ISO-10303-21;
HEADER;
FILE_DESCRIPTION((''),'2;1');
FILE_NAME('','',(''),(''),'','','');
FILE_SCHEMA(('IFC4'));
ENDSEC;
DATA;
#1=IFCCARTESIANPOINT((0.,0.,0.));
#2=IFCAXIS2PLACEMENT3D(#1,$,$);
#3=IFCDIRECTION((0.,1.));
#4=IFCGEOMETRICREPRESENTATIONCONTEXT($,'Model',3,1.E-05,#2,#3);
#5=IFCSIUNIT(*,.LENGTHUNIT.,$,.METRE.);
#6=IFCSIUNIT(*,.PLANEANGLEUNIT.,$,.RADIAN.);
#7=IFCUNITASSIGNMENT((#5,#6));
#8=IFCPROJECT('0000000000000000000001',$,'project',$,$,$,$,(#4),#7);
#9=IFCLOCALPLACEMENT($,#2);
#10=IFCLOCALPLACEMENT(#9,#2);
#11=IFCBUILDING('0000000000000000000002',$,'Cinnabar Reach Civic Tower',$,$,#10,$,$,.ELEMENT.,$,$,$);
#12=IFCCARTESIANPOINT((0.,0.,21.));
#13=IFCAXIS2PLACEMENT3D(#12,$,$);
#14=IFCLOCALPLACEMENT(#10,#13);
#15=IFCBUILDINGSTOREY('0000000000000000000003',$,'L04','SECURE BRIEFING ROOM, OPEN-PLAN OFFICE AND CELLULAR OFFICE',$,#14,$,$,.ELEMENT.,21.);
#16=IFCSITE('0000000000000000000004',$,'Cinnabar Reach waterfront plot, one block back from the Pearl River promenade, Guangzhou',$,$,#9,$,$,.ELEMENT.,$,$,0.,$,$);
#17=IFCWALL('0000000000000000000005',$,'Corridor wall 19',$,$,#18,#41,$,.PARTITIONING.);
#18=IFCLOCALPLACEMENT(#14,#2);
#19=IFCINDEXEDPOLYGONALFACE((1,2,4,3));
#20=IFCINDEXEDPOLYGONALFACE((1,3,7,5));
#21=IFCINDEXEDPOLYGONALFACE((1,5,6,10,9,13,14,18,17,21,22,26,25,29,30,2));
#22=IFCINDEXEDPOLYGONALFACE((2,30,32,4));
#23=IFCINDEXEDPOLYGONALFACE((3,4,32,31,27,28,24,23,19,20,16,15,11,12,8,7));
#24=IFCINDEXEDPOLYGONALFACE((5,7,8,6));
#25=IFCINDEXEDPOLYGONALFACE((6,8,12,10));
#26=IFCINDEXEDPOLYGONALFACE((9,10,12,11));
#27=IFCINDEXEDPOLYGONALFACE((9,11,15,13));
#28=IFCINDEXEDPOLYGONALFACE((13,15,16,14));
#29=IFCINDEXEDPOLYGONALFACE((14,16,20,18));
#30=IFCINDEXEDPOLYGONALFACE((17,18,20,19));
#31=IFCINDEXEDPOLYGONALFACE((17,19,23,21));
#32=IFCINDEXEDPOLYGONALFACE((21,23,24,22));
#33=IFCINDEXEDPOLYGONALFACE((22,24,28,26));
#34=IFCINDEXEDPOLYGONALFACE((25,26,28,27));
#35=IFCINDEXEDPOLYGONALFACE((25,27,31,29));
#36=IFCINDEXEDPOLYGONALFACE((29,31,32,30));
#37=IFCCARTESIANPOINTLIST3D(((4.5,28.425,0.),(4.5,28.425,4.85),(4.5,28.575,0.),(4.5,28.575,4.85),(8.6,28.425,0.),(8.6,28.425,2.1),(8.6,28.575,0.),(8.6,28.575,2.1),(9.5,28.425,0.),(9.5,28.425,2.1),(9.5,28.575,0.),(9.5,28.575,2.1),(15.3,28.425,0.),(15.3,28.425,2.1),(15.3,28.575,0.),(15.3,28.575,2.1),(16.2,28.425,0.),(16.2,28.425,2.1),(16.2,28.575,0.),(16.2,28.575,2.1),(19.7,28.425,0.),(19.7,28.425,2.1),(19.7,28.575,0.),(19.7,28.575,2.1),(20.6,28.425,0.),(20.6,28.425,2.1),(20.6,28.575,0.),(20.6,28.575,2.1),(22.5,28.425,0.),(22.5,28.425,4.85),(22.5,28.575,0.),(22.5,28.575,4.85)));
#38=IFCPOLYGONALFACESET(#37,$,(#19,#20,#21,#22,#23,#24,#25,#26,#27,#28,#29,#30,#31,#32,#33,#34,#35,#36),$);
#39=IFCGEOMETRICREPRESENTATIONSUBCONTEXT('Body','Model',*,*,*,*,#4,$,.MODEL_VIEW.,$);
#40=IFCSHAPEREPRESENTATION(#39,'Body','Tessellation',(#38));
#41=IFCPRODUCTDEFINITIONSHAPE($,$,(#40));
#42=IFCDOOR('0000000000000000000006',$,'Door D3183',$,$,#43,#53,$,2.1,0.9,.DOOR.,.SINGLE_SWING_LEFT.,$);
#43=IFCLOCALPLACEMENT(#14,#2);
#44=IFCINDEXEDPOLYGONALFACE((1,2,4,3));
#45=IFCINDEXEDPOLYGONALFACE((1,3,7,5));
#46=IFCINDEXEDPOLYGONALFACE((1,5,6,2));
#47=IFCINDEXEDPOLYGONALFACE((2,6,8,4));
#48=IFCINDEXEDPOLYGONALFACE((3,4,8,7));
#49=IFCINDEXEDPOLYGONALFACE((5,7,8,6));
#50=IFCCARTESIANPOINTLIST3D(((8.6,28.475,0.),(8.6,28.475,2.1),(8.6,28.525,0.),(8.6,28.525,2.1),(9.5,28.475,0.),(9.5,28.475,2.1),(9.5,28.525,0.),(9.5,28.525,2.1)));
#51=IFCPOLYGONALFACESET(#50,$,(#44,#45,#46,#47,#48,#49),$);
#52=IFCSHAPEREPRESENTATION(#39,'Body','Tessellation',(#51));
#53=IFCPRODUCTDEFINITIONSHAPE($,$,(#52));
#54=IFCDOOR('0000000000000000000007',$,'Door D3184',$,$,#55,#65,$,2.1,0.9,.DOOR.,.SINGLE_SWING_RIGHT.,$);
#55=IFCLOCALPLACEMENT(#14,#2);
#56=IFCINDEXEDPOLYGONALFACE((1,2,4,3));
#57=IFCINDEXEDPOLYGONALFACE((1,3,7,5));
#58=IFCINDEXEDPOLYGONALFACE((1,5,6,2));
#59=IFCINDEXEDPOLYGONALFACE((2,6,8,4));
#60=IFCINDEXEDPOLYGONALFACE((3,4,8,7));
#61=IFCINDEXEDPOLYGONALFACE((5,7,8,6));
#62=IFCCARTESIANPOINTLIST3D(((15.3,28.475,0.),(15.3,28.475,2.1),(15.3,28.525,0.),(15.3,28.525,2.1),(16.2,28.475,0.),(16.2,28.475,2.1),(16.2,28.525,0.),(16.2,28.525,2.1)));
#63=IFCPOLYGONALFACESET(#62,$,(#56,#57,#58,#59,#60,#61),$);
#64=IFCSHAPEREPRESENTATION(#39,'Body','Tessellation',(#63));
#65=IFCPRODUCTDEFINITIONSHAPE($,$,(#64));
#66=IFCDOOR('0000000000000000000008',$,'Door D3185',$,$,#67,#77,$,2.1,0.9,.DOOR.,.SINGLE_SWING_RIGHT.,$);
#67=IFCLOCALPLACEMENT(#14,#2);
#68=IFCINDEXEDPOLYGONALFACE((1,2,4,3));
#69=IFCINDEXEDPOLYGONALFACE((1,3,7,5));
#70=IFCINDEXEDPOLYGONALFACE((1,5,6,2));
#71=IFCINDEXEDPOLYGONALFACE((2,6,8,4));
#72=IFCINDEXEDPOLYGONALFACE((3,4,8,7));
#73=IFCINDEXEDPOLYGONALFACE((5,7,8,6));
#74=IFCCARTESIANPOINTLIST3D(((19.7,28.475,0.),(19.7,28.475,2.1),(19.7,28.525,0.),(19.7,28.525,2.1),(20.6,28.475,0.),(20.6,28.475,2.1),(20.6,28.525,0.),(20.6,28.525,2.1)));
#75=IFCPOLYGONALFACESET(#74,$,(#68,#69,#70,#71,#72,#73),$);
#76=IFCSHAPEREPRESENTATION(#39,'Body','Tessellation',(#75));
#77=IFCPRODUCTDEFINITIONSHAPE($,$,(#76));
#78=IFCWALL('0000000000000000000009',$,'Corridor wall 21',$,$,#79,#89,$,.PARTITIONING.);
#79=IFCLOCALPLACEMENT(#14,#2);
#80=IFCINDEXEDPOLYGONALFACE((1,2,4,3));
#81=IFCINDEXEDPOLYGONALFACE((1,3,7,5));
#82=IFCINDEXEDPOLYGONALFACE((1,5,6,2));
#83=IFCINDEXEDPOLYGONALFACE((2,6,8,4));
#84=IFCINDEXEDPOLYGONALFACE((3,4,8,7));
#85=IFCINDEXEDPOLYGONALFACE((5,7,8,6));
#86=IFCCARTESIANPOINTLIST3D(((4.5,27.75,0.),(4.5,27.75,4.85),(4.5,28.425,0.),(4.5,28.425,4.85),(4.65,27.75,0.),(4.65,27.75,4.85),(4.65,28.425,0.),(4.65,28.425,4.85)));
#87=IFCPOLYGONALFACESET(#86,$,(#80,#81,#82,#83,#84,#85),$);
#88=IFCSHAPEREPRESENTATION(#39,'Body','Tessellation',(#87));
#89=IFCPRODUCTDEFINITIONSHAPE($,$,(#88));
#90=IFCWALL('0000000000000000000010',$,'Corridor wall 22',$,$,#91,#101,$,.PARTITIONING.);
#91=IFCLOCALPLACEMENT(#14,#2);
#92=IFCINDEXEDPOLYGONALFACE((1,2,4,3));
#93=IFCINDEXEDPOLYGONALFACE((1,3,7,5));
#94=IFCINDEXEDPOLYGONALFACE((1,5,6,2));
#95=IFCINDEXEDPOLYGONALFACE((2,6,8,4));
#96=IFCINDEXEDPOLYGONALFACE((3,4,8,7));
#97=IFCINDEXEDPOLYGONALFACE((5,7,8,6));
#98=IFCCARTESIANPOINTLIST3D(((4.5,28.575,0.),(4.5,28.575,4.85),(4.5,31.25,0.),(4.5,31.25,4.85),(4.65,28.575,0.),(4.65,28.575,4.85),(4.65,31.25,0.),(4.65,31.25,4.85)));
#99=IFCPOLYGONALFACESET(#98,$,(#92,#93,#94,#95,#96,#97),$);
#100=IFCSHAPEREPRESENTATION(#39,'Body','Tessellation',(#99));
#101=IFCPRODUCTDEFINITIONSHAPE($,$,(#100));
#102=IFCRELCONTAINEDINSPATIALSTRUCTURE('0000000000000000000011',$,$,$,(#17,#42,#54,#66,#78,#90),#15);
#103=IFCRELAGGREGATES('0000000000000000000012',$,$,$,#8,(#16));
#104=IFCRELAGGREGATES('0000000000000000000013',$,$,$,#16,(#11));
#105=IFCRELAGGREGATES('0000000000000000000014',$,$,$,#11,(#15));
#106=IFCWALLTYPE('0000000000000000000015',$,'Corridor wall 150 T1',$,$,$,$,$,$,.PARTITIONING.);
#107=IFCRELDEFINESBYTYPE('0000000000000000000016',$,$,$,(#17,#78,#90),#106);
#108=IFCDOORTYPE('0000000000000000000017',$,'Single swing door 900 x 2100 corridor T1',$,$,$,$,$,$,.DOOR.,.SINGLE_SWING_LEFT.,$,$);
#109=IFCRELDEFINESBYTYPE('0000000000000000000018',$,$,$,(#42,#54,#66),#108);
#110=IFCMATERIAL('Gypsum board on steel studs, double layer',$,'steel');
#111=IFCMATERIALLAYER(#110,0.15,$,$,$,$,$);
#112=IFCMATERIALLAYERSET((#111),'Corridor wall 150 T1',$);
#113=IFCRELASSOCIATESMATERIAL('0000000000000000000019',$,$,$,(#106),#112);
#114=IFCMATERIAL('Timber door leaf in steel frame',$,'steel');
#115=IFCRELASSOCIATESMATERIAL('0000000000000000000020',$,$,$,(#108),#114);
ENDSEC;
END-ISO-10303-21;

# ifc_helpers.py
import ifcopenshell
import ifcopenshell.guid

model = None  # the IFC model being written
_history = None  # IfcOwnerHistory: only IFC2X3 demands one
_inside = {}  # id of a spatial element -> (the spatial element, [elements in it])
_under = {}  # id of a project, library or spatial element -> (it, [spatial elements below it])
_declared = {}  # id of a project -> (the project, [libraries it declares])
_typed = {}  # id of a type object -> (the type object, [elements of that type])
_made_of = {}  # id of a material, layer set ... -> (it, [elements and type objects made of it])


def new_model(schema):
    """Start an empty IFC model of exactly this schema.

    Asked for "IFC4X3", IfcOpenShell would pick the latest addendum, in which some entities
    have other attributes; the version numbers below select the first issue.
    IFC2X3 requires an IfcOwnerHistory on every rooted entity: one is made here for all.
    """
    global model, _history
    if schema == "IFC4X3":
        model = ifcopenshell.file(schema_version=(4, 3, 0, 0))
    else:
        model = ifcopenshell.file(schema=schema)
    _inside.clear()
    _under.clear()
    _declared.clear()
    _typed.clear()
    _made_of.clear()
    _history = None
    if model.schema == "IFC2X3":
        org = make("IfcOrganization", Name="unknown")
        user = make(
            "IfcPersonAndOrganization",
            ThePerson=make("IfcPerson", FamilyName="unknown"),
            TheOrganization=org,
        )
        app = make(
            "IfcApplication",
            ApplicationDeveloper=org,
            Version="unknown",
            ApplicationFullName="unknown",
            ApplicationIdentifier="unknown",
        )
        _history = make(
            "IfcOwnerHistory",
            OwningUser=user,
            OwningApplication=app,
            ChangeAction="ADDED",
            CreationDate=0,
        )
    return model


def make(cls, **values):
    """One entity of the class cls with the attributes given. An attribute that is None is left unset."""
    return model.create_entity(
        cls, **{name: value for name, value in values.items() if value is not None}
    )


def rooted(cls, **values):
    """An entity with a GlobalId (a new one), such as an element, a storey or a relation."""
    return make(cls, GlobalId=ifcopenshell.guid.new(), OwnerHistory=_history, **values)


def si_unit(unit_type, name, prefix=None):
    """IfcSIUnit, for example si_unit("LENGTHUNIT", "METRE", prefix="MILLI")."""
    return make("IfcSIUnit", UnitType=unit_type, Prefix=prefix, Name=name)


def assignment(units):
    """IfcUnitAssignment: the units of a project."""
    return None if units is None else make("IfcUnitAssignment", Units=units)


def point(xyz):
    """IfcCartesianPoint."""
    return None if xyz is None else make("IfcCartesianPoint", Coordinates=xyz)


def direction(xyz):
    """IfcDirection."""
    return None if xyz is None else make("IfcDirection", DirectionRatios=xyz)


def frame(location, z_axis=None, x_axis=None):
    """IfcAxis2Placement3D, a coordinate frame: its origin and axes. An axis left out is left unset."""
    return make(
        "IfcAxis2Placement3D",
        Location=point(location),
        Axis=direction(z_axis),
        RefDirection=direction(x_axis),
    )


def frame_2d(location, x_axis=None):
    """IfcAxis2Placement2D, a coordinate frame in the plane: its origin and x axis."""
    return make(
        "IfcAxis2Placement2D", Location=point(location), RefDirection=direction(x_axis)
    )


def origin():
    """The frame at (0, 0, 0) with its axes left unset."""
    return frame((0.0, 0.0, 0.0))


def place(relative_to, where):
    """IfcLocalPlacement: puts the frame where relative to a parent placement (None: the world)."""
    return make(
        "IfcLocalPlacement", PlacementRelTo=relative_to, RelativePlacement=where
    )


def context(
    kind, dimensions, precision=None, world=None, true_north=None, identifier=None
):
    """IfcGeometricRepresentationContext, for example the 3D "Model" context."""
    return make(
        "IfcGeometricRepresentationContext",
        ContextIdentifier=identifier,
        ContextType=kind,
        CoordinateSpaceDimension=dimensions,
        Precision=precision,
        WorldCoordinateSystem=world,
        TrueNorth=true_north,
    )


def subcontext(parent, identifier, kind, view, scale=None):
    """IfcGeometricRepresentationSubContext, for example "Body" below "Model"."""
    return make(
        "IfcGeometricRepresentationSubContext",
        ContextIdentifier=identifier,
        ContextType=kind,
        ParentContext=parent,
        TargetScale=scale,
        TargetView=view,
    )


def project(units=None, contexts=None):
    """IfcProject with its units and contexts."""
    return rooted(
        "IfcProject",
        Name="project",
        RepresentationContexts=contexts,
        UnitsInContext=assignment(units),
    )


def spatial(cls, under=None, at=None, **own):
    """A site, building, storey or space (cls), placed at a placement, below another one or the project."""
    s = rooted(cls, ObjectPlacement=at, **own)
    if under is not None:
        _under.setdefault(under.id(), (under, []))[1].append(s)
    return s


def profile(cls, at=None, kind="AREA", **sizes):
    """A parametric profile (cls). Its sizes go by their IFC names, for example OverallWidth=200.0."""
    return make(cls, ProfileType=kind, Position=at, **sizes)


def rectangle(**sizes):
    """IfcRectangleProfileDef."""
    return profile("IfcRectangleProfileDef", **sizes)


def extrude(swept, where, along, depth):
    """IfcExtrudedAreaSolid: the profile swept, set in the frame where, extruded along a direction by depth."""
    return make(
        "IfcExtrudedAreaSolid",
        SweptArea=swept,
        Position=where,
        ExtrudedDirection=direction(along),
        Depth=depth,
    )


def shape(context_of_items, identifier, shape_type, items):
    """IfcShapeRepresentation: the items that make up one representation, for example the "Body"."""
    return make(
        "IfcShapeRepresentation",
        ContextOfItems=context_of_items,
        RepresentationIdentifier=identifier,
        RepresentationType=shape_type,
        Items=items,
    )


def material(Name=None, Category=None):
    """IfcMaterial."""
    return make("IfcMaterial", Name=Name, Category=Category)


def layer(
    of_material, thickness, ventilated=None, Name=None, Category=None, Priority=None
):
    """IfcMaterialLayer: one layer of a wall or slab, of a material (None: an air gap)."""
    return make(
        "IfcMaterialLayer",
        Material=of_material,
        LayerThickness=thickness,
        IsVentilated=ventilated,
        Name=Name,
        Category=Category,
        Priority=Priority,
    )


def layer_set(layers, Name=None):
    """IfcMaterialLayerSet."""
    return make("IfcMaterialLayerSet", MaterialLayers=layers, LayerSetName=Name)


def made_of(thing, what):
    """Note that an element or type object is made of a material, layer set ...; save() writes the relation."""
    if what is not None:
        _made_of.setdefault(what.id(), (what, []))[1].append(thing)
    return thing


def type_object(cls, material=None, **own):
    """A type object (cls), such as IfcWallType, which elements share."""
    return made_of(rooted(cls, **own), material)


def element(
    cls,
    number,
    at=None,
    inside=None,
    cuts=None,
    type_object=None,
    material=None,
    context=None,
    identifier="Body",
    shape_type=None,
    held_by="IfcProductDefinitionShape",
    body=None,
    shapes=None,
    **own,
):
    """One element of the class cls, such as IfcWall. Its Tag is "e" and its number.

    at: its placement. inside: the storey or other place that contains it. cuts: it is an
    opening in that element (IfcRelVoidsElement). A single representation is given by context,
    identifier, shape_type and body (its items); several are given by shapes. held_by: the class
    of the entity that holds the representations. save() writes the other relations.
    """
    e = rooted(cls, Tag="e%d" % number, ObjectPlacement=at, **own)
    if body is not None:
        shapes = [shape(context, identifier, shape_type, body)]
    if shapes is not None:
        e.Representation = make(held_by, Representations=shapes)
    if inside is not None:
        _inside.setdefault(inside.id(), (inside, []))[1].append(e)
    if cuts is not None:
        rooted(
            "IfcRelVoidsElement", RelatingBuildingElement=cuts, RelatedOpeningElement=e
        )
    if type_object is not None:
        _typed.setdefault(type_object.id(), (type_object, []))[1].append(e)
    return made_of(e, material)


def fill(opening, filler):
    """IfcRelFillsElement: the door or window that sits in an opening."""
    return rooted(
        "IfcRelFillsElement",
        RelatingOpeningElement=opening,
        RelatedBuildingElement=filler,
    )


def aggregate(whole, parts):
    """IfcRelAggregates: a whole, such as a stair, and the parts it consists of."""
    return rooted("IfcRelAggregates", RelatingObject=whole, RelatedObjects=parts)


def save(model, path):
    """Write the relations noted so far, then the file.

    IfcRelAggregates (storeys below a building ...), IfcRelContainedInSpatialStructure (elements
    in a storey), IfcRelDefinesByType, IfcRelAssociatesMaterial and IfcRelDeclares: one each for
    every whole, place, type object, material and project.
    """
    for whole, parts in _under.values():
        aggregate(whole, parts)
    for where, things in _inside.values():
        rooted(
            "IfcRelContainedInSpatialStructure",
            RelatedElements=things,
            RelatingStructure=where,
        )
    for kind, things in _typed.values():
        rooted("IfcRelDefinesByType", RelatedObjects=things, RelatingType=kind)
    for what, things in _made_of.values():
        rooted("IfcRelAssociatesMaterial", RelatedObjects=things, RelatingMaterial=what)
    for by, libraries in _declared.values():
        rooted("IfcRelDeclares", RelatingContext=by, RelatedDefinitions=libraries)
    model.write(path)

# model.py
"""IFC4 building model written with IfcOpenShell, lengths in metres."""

from ifc_helpers import new_model, si_unit, direction, frame, frame_2d, origin, place, context, subcontext, project, spatial, rectangle, extrude, material, layer, layer_set, type_object, element, fill, save


model = new_model("IFC4")

# Units and contexts
model_context = context("Model", 3, precision=1e-05, world=origin(), true_north=direction((0.0, 1.0)))
body_context = subcontext(model_context, "Body", "Model", "MODEL_VIEW")
ifc_project = project(units=[si_unit("LENGTHUNIT", "METRE"), si_unit("PLANEANGLEUNIT", "RADIAN")], contexts=[model_context])

# Site, building, storey
site_placement = place(None, origin())
site = spatial("IfcSite", under=ifc_project, at=site_placement, Name="Cinnabar Reach waterfront plot, one block back from the Pearl River promenade, Guangzhou", CompositionType="ELEMENT", RefElevation=0.0)
building_placement = place(site_placement, origin())
building = spatial("IfcBuilding", under=site, at=building_placement, Name="Cinnabar Reach Civic Tower", CompositionType="ELEMENT")
storey_placement = place(building_placement, frame((0.0, 0.0, 21.0)))
storey = spatial("IfcBuildingStorey", under=building, at=storey_placement, Name="L04", Description="SECURE BRIEFING ROOM, OPEN-PLAN OFFICE AND CELLULAR OFFICE", CompositionType="ELEMENT", Elevation=21.0)

# Wall, openings, doors
ifc_material_1 = material(Name="Gypsum board on steel studs, double layer", Category="steel")
ifc_layer_1 = layer(ifc_material_1, 0.15)
ifc_layer_set_1 = layer_set([ifc_layer_1], Name="Corridor wall 150 T1")
wall_type_1 = type_object("IfcWallType", Name="Corridor wall 150 T1", PredefinedType="PARTITIONING", material=ifc_layer_set_1)
wall_1_placement = place(storey_placement, frame((4.5, 28.5, 0.0), z_axis=(0.0, 0.0, 1.0), x_axis=(1.0, 0.0, 0.0)))
wall_1 = element("IfcWall", 1, at=wall_1_placement, inside=storey, type_object=wall_type_1, Name="Corridor wall 19", PredefinedType="PARTITIONING", context=body_context, shape_type="SweptSolid", body=[
    extrude(rectangle(XDim=18.0, YDim=0.15, at=frame_2d((9.0, 0.0))), origin(), (0.0, 0.0, 1.0), 4.85),
])
opening_1_placement = place(wall_1_placement, frame((4.1, 0.0, 0.0)))
opening_1 = element("IfcOpeningElement", 2, at=opening_1_placement, cuts=wall_1, PredefinedType="OPENING", context=body_context, shape_type="SweptSolid", body=[
    extrude(rectangle(XDim=0.9, YDim=2.1, at=frame_2d((0.45, 1.05))), frame((0.0, 0.085, 0.0), z_axis=(0.0, -1.0, 0.0), x_axis=(1.0, 0.0, 0.0)), (0.0, 0.0, 1.0), 0.17),
])
opening_2_placement = place(wall_1_placement, frame((10.8, 0.0, 0.0)))
opening_2 = element("IfcOpeningElement", 3, at=opening_2_placement, cuts=wall_1, PredefinedType="OPENING", context=body_context, shape_type="SweptSolid", body=[
    extrude(rectangle(XDim=0.9, YDim=2.1, at=frame_2d((0.45, 1.05))), frame((0.0, 0.085, 0.0), z_axis=(0.0, -1.0, 0.0), x_axis=(1.0, 0.0, 0.0)), (0.0, 0.0, 1.0), 0.17),
])
opening_3_placement = place(wall_1_placement, frame((15.2, 0.0, 0.0)))
opening_3 = element("IfcOpeningElement", 4, at=opening_3_placement, cuts=wall_1, PredefinedType="OPENING", context=body_context, shape_type="SweptSolid", body=[
    extrude(rectangle(XDim=0.9, YDim=2.1, at=frame_2d((0.45, 1.05))), frame((0.0, 0.085, 0.0), z_axis=(0.0, -1.0, 0.0), x_axis=(1.0, 0.0, 0.0)), (0.0, 0.0, 1.0), 0.17),
])
ifc_material_2 = material(Name="Timber door leaf in steel frame", Category="steel")
door_type_1 = type_object("IfcDoorType", Name="Single swing door 900 x 2100 corridor T1", OperationType="SINGLE_SWING_LEFT", PredefinedType="DOOR", material=ifc_material_2)
door_1_placement = place(opening_1_placement, origin())
door_1 = element("IfcDoor", 5, at=door_1_placement, inside=storey, type_object=door_type_1, Name="Door D3183", OperationType="SINGLE_SWING_LEFT", OverallHeight=2.1, OverallWidth=0.9, PredefinedType="DOOR", context=body_context, shape_type="SweptSolid", body=[
    extrude(rectangle(XDim=0.9, YDim=2.1, at=frame_2d((0.45, 1.05))), frame((0.0, 0.025, 0.0), z_axis=(0.0, -1.0, 0.0), x_axis=(1.0, 0.0, 0.0)), (0.0, 0.0, 1.0), 0.05),
])
fill(opening_1, door_1)
door_2_placement = place(opening_2_placement, origin())
door_2 = element("IfcDoor", 6, at=door_2_placement, inside=storey, type_object=door_type_1, Name="Door D3184", OperationType="SINGLE_SWING_RIGHT", OverallHeight=2.1, OverallWidth=0.9, PredefinedType="DOOR", context=body_context, shape_type="SweptSolid", body=[
    extrude(rectangle(XDim=0.9, YDim=2.1, at=frame_2d((0.45, 1.05))), frame((0.0, 0.025, 0.0), z_axis=(0.0, -1.0, 0.0), x_axis=(1.0, 0.0, 0.0)), (0.0, 0.0, 1.0), 0.05),
])
fill(opening_2, door_2)
door_3_placement = place(opening_3_placement, origin())
door_3 = element("IfcDoor", 7, at=door_3_placement, inside=storey, type_object=door_type_1, Name="Door D3185", OperationType="SINGLE_SWING_RIGHT", OverallHeight=2.1, OverallWidth=0.9, PredefinedType="DOOR", context=body_context, shape_type="SweptSolid", body=[
    extrude(rectangle(XDim=0.9, YDim=2.1, at=frame_2d((0.45, 1.05))), frame((0.0, 0.025, 0.0), z_axis=(0.0, -1.0, 0.0), x_axis=(1.0, 0.0, 0.0)), (0.0, 0.0, 1.0), 0.05),
])
fill(opening_3, door_3)

# Walls
wall_2_placement = place(storey_placement, frame((4.575, 27.75, 0.0), z_axis=(0.0, 0.0, 1.0), x_axis=(0.0, 1.0, 0.0)))
element("IfcWall", 8, at=wall_2_placement, inside=storey, type_object=wall_type_1, Name="Corridor wall 21", PredefinedType="PARTITIONING", context=body_context, shape_type="SweptSolid", body=[
    extrude(rectangle(XDim=0.675, YDim=0.15, at=frame_2d((0.3375, 0.0))), origin(), (0.0, 0.0, 1.0), 4.85),
])
wall_3_placement = place(storey_placement, frame((4.575, 28.575, 0.0), z_axis=(0.0, 0.0, 1.0), x_axis=(0.0, 1.0, 0.0)))
element("IfcWall", 9, at=wall_3_placement, inside=storey, type_object=wall_type_1, Name="Corridor wall 22", PredefinedType="PARTITIONING", context=body_context, shape_type="SweptSolid", body=[
    extrude(rectangle(XDim=2.675, YDim=0.15, at=frame_2d((1.3375, 0.0))), origin(), (0.0, 0.0, 1.0), 4.85),
])

save(model, "model.ifc")
